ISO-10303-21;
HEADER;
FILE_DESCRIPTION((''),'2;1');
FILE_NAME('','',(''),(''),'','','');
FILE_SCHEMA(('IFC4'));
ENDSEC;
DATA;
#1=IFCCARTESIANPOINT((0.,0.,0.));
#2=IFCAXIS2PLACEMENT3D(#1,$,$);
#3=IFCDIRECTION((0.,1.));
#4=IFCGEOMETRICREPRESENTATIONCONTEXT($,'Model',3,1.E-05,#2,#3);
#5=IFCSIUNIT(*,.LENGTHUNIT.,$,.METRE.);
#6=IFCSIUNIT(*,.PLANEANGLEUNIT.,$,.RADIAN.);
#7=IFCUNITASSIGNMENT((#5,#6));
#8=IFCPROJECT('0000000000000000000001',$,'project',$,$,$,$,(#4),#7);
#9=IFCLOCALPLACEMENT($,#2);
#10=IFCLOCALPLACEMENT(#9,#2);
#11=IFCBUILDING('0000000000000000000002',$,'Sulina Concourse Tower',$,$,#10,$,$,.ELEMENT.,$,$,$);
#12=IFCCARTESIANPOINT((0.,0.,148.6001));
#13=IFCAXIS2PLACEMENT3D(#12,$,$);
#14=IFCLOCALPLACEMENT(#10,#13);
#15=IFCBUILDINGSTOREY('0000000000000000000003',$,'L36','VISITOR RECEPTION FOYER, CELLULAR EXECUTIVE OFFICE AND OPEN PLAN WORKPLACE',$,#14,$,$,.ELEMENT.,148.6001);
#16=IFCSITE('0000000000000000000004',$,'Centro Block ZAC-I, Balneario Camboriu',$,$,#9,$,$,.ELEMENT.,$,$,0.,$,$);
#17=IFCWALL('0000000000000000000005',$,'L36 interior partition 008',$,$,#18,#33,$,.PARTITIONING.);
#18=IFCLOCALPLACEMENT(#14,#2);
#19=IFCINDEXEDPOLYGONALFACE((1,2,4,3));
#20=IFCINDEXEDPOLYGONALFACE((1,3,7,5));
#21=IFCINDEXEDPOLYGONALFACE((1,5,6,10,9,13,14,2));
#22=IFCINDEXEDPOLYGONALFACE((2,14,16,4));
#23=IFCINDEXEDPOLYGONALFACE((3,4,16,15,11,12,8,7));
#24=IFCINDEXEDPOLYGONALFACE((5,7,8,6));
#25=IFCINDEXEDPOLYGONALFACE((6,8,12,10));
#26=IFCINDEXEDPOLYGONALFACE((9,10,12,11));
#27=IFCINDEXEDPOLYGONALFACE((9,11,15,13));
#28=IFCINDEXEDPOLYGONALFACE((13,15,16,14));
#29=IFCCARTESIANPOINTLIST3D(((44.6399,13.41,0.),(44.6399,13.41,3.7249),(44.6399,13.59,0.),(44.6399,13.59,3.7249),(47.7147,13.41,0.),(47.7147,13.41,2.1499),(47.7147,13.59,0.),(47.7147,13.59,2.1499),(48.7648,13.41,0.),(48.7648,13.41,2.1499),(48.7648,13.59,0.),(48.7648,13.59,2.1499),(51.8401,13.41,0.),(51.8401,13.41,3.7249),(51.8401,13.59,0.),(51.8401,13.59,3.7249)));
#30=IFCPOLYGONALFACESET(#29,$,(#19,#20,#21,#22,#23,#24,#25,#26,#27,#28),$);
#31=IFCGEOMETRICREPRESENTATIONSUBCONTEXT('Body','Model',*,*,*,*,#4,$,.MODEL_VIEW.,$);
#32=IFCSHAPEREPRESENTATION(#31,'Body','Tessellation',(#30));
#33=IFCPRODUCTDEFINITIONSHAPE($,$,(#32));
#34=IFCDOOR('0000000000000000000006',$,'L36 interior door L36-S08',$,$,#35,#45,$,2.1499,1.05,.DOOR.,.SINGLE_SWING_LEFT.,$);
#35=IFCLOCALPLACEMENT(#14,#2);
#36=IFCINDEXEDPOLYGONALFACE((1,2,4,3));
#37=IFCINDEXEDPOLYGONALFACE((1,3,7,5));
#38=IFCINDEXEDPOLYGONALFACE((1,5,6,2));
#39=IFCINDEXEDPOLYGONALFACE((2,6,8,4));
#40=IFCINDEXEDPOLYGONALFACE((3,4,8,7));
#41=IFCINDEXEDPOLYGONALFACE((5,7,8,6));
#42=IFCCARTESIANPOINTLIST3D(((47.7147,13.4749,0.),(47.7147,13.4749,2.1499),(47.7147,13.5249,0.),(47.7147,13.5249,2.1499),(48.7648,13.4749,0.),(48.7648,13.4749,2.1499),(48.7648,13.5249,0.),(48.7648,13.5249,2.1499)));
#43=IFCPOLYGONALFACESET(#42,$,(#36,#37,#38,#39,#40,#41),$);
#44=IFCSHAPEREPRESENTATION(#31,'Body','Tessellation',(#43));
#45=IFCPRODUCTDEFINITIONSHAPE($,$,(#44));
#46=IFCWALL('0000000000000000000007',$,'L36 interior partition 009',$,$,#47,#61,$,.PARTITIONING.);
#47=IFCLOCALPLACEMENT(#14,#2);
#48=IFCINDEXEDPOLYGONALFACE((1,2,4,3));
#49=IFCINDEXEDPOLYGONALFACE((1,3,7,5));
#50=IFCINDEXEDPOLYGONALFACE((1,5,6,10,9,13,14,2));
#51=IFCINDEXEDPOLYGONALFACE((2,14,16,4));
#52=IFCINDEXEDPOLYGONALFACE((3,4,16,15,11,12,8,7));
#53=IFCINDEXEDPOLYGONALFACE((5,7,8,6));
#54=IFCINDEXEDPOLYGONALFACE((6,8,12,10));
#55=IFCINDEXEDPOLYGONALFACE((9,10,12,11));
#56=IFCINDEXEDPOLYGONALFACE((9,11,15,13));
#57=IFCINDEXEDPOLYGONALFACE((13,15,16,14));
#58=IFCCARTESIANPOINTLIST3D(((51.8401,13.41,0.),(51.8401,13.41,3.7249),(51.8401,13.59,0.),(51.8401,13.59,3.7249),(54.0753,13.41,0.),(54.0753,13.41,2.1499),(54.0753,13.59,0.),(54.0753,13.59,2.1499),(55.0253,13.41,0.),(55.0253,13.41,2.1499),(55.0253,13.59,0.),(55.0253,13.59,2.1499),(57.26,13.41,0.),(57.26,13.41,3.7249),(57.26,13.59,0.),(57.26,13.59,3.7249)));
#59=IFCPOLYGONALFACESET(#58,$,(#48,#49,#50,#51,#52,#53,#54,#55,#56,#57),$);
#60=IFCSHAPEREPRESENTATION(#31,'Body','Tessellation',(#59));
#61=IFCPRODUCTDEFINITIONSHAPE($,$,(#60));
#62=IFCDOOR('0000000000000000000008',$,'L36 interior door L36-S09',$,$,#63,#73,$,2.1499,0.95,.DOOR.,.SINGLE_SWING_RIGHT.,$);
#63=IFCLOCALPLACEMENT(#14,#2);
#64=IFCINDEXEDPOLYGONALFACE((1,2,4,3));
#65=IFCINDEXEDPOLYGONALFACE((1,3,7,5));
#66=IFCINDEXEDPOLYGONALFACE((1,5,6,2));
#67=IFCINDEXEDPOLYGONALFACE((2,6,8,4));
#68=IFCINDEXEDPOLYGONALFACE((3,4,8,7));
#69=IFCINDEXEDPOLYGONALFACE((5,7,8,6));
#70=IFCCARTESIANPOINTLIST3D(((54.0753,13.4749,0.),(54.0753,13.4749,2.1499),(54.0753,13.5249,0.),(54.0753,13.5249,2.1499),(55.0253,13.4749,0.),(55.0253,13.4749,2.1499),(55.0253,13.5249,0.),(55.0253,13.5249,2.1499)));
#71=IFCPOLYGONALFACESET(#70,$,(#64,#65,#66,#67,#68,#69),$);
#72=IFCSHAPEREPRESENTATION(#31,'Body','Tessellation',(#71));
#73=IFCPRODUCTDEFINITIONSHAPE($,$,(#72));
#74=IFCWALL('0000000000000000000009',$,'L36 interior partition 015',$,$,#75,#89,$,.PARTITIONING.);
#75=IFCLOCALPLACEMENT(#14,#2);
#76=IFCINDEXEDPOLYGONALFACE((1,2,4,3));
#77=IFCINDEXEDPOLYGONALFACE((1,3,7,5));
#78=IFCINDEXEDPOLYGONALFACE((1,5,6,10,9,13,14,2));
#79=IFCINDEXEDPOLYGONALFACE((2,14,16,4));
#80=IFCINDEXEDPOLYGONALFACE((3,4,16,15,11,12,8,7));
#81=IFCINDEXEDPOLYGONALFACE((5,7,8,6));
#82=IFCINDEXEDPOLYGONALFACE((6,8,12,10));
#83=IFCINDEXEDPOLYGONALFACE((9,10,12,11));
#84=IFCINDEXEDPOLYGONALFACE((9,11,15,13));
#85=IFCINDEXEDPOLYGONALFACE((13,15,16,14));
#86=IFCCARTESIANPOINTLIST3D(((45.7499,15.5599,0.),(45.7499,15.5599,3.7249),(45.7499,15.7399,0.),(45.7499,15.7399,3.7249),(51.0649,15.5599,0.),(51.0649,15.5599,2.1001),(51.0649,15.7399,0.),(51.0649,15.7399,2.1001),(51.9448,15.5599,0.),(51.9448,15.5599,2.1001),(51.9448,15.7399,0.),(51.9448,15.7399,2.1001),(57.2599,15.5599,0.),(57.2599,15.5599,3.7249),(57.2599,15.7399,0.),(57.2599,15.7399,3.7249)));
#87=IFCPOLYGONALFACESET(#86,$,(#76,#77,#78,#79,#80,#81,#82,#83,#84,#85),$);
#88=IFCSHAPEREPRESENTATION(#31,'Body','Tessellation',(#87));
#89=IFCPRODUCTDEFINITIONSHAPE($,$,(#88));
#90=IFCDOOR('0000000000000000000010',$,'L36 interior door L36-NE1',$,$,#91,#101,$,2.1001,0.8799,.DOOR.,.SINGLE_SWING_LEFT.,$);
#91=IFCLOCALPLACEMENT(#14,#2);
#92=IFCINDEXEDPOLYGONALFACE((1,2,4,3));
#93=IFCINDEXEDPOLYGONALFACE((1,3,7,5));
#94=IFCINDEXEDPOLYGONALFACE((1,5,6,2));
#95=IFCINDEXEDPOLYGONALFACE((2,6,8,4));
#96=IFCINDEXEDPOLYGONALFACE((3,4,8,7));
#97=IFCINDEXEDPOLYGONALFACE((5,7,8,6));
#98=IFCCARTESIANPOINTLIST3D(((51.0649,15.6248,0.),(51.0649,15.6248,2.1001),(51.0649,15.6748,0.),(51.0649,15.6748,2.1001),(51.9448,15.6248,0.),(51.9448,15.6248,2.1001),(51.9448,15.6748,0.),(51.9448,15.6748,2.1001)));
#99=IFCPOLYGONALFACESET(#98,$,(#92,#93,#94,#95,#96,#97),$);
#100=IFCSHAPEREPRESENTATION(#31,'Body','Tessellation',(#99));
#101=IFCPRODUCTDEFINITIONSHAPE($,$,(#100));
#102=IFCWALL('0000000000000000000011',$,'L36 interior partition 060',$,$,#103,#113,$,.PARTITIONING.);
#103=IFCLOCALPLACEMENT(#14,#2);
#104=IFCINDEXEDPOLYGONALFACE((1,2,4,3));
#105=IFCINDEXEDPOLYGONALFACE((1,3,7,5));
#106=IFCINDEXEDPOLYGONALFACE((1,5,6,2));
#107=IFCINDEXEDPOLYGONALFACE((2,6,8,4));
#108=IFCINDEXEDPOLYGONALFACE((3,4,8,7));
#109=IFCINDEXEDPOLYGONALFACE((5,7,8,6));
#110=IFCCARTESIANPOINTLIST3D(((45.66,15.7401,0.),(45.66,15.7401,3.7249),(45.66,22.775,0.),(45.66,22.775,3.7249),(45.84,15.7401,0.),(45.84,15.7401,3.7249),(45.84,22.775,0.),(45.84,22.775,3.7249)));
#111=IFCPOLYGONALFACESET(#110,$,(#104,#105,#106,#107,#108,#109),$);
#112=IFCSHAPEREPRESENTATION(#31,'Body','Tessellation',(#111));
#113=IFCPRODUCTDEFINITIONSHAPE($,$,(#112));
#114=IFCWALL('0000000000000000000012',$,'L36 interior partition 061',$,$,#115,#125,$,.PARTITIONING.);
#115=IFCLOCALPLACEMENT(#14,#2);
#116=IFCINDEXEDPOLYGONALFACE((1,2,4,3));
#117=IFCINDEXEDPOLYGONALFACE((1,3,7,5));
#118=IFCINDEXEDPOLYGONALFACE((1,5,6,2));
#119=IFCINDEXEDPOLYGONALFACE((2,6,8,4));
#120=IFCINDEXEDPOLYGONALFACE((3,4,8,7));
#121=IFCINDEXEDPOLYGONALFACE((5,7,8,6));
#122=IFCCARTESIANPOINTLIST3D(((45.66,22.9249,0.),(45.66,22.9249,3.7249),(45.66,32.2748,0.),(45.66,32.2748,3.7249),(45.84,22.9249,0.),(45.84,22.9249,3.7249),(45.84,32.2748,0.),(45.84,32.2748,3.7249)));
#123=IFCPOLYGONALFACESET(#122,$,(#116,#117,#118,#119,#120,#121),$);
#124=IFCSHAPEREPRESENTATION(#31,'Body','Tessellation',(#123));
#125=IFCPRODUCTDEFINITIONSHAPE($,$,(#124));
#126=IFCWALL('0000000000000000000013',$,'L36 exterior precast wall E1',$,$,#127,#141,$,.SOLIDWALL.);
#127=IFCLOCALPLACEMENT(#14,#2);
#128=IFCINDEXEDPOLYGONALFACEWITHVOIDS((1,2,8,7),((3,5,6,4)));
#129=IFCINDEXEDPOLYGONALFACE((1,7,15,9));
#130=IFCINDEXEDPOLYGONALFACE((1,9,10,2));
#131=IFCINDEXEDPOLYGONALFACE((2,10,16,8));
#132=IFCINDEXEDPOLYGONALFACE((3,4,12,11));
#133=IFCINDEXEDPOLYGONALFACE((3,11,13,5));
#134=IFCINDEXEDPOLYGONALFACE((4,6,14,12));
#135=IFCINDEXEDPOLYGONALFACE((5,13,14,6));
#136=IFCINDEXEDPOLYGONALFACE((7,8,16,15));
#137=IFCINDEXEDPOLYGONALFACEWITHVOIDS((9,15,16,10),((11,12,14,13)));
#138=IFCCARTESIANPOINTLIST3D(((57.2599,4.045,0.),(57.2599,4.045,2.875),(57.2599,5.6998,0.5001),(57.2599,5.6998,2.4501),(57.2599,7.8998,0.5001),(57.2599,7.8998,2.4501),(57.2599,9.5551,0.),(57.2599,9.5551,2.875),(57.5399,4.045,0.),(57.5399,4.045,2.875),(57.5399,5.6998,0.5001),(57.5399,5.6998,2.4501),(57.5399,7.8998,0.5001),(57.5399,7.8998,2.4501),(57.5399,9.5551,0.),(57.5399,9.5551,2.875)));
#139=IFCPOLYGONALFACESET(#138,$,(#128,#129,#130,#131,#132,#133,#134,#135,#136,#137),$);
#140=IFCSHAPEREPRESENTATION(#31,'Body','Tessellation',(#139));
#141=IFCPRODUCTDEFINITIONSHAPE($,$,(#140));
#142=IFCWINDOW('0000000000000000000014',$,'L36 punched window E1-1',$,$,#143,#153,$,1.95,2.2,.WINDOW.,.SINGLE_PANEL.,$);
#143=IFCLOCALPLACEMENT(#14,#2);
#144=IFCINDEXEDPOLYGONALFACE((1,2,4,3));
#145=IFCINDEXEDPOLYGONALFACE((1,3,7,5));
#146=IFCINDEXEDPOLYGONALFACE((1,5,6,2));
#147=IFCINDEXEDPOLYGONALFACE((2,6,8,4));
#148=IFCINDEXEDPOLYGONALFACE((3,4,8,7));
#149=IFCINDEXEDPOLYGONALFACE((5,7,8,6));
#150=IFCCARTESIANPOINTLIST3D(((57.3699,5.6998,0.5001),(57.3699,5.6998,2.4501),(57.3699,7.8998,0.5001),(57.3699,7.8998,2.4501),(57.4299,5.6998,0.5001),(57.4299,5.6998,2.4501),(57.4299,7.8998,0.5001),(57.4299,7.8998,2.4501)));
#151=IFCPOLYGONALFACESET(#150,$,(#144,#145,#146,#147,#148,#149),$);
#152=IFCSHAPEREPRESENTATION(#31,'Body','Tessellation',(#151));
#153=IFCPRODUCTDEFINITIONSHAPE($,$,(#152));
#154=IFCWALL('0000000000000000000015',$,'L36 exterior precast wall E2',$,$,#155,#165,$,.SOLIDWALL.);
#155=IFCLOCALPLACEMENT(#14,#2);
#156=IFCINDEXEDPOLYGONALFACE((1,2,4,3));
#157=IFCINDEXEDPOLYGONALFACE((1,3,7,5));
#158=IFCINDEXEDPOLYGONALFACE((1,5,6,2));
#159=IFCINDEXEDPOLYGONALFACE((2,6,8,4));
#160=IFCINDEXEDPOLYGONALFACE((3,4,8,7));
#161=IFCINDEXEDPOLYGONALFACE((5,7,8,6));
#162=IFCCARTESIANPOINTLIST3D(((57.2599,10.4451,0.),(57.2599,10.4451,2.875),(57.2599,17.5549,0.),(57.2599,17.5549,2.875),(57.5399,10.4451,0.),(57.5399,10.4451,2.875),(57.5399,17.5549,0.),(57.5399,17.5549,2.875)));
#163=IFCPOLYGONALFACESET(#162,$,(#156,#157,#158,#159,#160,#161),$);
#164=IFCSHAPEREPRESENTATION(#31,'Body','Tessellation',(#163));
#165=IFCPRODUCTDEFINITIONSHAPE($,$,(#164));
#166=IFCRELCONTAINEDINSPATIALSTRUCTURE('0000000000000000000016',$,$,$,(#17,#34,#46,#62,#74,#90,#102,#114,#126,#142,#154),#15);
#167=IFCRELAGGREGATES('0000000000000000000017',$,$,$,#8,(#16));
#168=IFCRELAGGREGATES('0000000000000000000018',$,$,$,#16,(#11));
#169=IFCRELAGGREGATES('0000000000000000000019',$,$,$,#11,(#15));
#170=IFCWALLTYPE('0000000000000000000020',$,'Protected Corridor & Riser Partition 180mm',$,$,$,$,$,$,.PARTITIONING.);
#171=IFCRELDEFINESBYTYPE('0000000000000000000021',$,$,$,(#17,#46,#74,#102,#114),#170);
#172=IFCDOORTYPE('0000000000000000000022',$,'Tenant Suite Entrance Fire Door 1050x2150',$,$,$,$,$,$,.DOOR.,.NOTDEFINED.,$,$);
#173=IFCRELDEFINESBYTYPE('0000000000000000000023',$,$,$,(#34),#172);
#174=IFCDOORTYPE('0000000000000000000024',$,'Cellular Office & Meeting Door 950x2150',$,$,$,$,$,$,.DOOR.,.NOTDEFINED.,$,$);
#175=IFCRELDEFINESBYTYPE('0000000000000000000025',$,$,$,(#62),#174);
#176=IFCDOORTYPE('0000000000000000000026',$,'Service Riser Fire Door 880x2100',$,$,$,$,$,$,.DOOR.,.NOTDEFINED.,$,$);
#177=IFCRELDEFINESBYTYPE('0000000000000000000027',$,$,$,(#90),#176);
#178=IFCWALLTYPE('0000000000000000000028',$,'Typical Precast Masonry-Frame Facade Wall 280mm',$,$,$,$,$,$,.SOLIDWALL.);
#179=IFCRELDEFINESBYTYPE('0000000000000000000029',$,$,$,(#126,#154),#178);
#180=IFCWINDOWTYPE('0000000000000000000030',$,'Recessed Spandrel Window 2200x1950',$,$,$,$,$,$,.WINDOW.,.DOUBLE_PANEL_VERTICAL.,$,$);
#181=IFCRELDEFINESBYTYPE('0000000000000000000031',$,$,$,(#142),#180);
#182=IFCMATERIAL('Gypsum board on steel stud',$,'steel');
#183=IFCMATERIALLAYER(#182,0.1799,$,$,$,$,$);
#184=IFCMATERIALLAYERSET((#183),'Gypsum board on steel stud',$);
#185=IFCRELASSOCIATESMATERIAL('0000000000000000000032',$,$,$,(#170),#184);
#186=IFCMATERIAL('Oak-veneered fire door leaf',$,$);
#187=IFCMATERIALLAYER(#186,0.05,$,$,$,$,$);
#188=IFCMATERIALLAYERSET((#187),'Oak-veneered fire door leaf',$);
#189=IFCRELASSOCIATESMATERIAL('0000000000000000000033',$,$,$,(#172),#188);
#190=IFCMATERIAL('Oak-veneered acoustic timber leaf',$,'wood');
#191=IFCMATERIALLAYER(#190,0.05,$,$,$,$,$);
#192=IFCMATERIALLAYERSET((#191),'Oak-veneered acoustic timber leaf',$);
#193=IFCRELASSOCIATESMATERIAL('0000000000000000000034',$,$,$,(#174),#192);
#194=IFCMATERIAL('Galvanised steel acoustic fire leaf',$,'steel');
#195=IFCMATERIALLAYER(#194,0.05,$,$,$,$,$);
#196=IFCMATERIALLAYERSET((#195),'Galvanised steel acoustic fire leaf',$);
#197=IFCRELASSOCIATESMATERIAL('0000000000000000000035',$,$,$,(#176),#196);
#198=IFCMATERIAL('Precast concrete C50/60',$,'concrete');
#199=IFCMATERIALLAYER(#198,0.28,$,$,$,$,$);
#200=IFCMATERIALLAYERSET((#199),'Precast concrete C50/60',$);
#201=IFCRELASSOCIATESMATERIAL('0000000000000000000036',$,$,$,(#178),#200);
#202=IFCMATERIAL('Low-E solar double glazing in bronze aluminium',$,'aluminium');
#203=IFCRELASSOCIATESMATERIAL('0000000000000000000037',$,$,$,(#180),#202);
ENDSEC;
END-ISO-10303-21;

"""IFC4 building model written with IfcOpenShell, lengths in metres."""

from ifc_helpers import new_model, si_unit, direction, frame, frame_2d, origin, place, context, subcontext, project, spatial, rectangle, extrude, material, layer, layer_set, type_object, element, fill, save


model = new_model("IFC4")

# Units and contexts
model_context = context("Model", 3, precision=1e-05, world=origin(), true_north=direction((0.0, 1.0)))
body_context = subcontext(model_context, "Body", "Model", "MODEL_VIEW")
ifc_project = project(units=[si_unit("LENGTHUNIT", "METRE"), si_unit("PLANEANGLEUNIT", "RADIAN")], contexts=[model_context])

# Site, building, storey
site_placement = place(None, origin())
site = spatial("IfcSite", under=ifc_project, at=site_placement, Name="Centro Block ZAC-I, Balneario Camboriu", CompositionType="ELEMENT", RefElevation=0.0)
building_placement = place(site_placement, origin())
building = spatial("IfcBuilding", under=site, at=building_placement, Name="Sulina Concourse Tower", CompositionType="ELEMENT")
storey_placement = place(building_placement, frame((0.0, 0.0, 148.6001)))
storey = spatial("IfcBuildingStorey", under=building, at=storey_placement, Name="L36", Description="VISITOR RECEPTION FOYER, CELLULAR EXECUTIVE OFFICE AND OPEN PLAN WORKPLACE", CompositionType="ELEMENT", Elevation=148.6001)

# Walls, openings, doors
ifc_material_1 = material(Name="Gypsum board on steel stud", Category="steel")
ifc_layer_1 = layer(ifc_material_1, 0.1799)
ifc_layer_set_1 = layer_set([ifc_layer_1], Name="Gypsum board on steel stud")
wall_type_1 = type_object("IfcWallType", Name="Protected Corridor & Riser Partition 180mm", PredefinedType="PARTITIONING", material=ifc_layer_set_1)
wall_1_placement = place(storey_placement, frame((44.6399, 13.5, 0.0), z_axis=(0.0, 0.0, 1.0), x_axis=(1.0, 0.0, 0.0)))
wall_1 = element("IfcWall", 1, at=wall_1_placement, inside=storey, type_object=wall_type_1, Name="L36 interior partition 008", PredefinedType="PARTITIONING", context=body_context, shape_type="SweptSolid", body=[
    extrude(rectangle(XDim=7.2002, YDim=0.1799, at=frame_2d((3.6001, 0.0))), origin(), (0.0, 0.0, 1.0), 3.7249),
])
opening_1_placement = place(wall_1_placement, frame((3.075, 0.0, 0.0)))
opening_1 = element("IfcOpeningElement", 2, at=opening_1_placement, cuts=wall_1, PredefinedType="OPENING", context=body_context, shape_type="SweptSolid", body=[
    extrude(rectangle(XDim=1.05, YDim=2.1499, at=frame_2d((0.5249, 1.075))), frame((0.0, 0.0999, 0.0), z_axis=(0.0, -1.0, 0.0), x_axis=(1.0, 0.0, 0.0)), (0.0, 0.0, 1.0), 0.2),
])
ifc_material_2 = material(Name="Oak-veneered fire door leaf")
ifc_layer_2 = layer(ifc_material_2, 0.05)
ifc_layer_set_2 = layer_set([ifc_layer_2], Name="Oak-veneered fire door leaf")
door_type_1 = type_object("IfcDoorType", Name="Tenant Suite Entrance Fire Door 1050x2150", OperationType="NOTDEFINED", PredefinedType="DOOR", material=ifc_layer_set_2)
door_1_placement = place(opening_1_placement, origin())
door_1 = element("IfcDoor", 3, at=door_1_placement, inside=storey, type_object=door_type_1, Name="L36 interior door L36-S08", OperationType="SINGLE_SWING_LEFT", OverallHeight=2.1499, OverallWidth=1.05, PredefinedType="DOOR", context=body_context, shape_type="SweptSolid", body=[
    extrude(rectangle(XDim=1.05, YDim=2.1499, at=frame_2d((0.5249, 1.075))), frame((0.0, 0.0249, 0.0), z_axis=(0.0, -1.0, 0.0), x_axis=(1.0, 0.0, 0.0)), (0.0, 0.0, 1.0), 0.05),
])
fill(opening_1, door_1)
wall_2_placement = place(storey_placement, frame((51.8401, 13.5, 0.0), z_axis=(0.0, 0.0, 1.0), x_axis=(1.0, 0.0, 0.0)))
wall_2 = element("IfcWall", 4, at=wall_2_placement, inside=storey, type_object=wall_type_1, Name="L36 interior partition 009", PredefinedType="PARTITIONING", context=body_context, shape_type="SweptSolid", body=[
    extrude(rectangle(XDim=5.4199, YDim=0.1799, at=frame_2d((2.71, 0.0))), origin(), (0.0, 0.0, 1.0), 3.7249),
])
opening_2_placement = place(wall_2_placement, frame((2.2351, 0.0, 0.0)))
opening_2 = element("IfcOpeningElement", 5, at=opening_2_placement, cuts=wall_2, PredefinedType="OPENING", context=body_context, shape_type="SweptSolid", body=[
    extrude(rectangle(XDim=0.95, YDim=2.1499, at=frame_2d((0.4751, 1.075))), frame((0.0, 0.0999, 0.0), z_axis=(0.0, -1.0, 0.0), x_axis=(1.0, 0.0, 0.0)), (0.0, 0.0, 1.0), 0.2),
])
ifc_material_3 = material(Name="Oak-veneered acoustic timber leaf", Category="wood")
ifc_layer_3 = layer(ifc_material_3, 0.05)
ifc_layer_set_3 = layer_set([ifc_layer_3], Name="Oak-veneered acoustic timber leaf")
door_type_2 = type_object("IfcDoorType", Name="Cellular Office & Meeting Door 950x2150", OperationType="NOTDEFINED", PredefinedType="DOOR", material=ifc_layer_set_3)
door_2_placement = place(opening_2_placement, origin())
door_2 = element("IfcDoor", 6, at=door_2_placement, inside=storey, type_object=door_type_2, Name="L36 interior door L36-S09", OperationType="SINGLE_SWING_RIGHT", OverallHeight=2.1499, OverallWidth=0.95, PredefinedType="DOOR", context=body_context, shape_type="SweptSolid", body=[
    extrude(rectangle(XDim=0.95, YDim=2.1499, at=frame_2d((0.4751, 1.075))), frame((0.0, 0.0249, 0.0), z_axis=(0.0, -1.0, 0.0), x_axis=(1.0, 0.0, 0.0)), (0.0, 0.0, 1.0), 0.05),
])
fill(opening_2, door_2)
wall_3_placement = place(storey_placement, frame((45.75, 15.6499, 0.0), z_axis=(0.0, 0.0, 1.0), x_axis=(1.0, 0.0, 0.0)))
wall_3 = element("IfcWall", 7, at=wall_3_placement, inside=storey, type_object=wall_type_1, Name="L36 interior partition 015", PredefinedType="PARTITIONING", context=body_context, shape_type="SweptSolid", body=[
    extrude(rectangle(XDim=11.51, YDim=0.1799, at=frame_2d((5.7549, 0.0))), origin(), (0.0, 0.0, 1.0), 3.7249),
])
opening_3_placement = place(wall_3_placement, frame((5.3149, 0.0, 0.0)))
opening_3 = element("IfcOpeningElement", 8, at=opening_3_placement, cuts=wall_3, PredefinedType="OPENING", context=body_context, shape_type="SweptSolid", body=[
    extrude(rectangle(XDim=0.8799, YDim=2.1001, at=frame_2d((0.4399, 1.05))), frame((0.0, 0.0999, 0.0), z_axis=(0.0, -1.0, 0.0), x_axis=(1.0, 0.0, 0.0)), (0.0, 0.0, 1.0), 0.2),
])
ifc_material_4 = material(Name="Galvanised steel acoustic fire leaf", Category="steel")
ifc_layer_4 = layer(ifc_material_4, 0.05)
ifc_layer_set_4 = layer_set([ifc_layer_4], Name="Galvanised steel acoustic fire leaf")
door_type_3 = type_object("IfcDoorType", Name="Service Riser Fire Door 880x2100", OperationType="NOTDEFINED", PredefinedType="DOOR", material=ifc_layer_set_4)
door_3_placement = place(opening_3_placement, origin())
door_3 = element("IfcDoor", 9, at=door_3_placement, inside=storey, type_object=door_type_3, Name="L36 interior door L36-NE1", OperationType="SINGLE_SWING_LEFT", OverallHeight=2.1001, OverallWidth=0.8799, PredefinedType="DOOR", context=body_context, shape_type="SweptSolid", body=[
    extrude(rectangle(XDim=0.8799, YDim=2.1001, at=frame_2d((0.4399, 1.05))), frame((0.0, 0.0249, 0.0), z_axis=(0.0, -1.0, 0.0), x_axis=(1.0, 0.0, 0.0)), (0.0, 0.0, 1.0), 0.05),
])
fill(opening_3, door_3)

# Walls
wall_4_placement = place(storey_placement, frame((45.75, 15.74, 0.0), z_axis=(0.0, 0.0, 1.0), x_axis=(0.0, 1.0, 0.0)))
element("IfcWall", 10, at=wall_4_placement, inside=storey, type_object=wall_type_1, Name="L36 interior partition 060", PredefinedType="PARTITIONING", context=body_context, shape_type="SweptSolid", body=[
    extrude(rectangle(XDim=7.0349, YDim=0.1799, at=frame_2d((3.5176, 0.0))), origin(), (0.0, 0.0, 1.0), 3.7249),
])
wall_5_placement = place(storey_placement, frame((45.75, 22.925, 0.0), z_axis=(0.0, 0.0, 1.0), x_axis=(0.0, 1.0, 0.0)))
element("IfcWall", 11, at=wall_5_placement, inside=storey, type_object=wall_type_1, Name="L36 interior partition 061", PredefinedType="PARTITIONING", context=body_context, shape_type="SweptSolid", body=[
    extrude(rectangle(XDim=9.3499, YDim=0.1799, at=frame_2d((4.6748, 0.0))), origin(), (0.0, 0.0, 1.0), 3.7249),
])

# Wall, opening, window
ifc_material_5 = material(Name="Precast concrete C50/60", Category="concrete")
ifc_layer_5 = layer(ifc_material_5, 0.28)
ifc_layer_set_5 = layer_set([ifc_layer_5], Name="Precast concrete C50/60")
wall_type_2 = type_object("IfcWallType", Name="Typical Precast Masonry-Frame Facade Wall 280mm", PredefinedType="SOLIDWALL", material=ifc_layer_set_5)
wall_6_placement = place(storey_placement, frame((57.3999, 9.5549, 0.0), z_axis=(0.0, 0.0, 1.0), x_axis=(0.0, -1.0, 0.0)))
wall_6 = element("IfcWall", 12, at=wall_6_placement, inside=storey, type_object=wall_type_2, Name="L36 exterior precast wall E1", PredefinedType="SOLIDWALL", context=body_context, shape_type="SweptSolid", body=[
    extrude(rectangle(XDim=5.51, YDim=0.28, at=frame_2d((2.7549, 0.0))), origin(), (0.0, 0.0, 1.0), 2.875),
])
opening_4_placement = place(wall_6_placement, frame((1.655, 0.0, 0.5)))
opening_4 = element("IfcOpeningElement", 13, at=opening_4_placement, cuts=wall_6, PredefinedType="OPENING", context=body_context, shape_type="SweptSolid", body=[
    extrude(rectangle(XDim=2.2, YDim=1.95, at=frame_2d((1.1001, 0.9751))), frame((0.0, 0.1499, 0.0), z_axis=(0.0, -1.0, 0.0), x_axis=(1.0, 0.0, 0.0)), (0.0, 0.0, 1.0), 0.3),
])
ifc_material_6 = material(Name="Low-E solar double glazing in bronze aluminium", Category="aluminium")
window_type = type_object("IfcWindowType", Name="Recessed Spandrel Window 2200x1950", PartitioningType="DOUBLE_PANEL_VERTICAL", PredefinedType="WINDOW", material=ifc_material_6)
window_placement = place(opening_4_placement, origin())
window = element("IfcWindow", 14, at=window_placement, inside=storey, type_object=window_type, Name="L36 punched window E1-1", OverallHeight=1.95, OverallWidth=2.2, PartitioningType="SINGLE_PANEL", PredefinedType="WINDOW", context=body_context, shape_type="SweptSolid", body=[
    extrude(rectangle(XDim=2.2, YDim=1.95, at=frame_2d((1.1001, 0.9751))), frame((0.0, 0.03, 0.0), z_axis=(0.0, -1.0, 0.0), x_axis=(1.0, 0.0, 0.0)), (0.0, 0.0, 1.0), 0.0601),
])
fill(opening_4, window)

# Wall
wall_7_placement = place(storey_placement, frame((57.3999, 17.5549, 0.0), z_axis=(0.0, 0.0, 1.0), x_axis=(0.0, -1.0, 0.0)))
element("IfcWall", 15, at=wall_7_placement, inside=storey, type_object=wall_type_2, Name="L36 exterior precast wall E2", PredefinedType="SOLIDWALL", context=body_context, shape_type="SweptSolid", body=[
    extrude(rectangle(XDim=7.1099, YDim=0.28, at=frame_2d((3.5549, 0.0))), origin(), (0.0, 0.0, 1.0), 2.875),
])

save(model, "model.ifc")
